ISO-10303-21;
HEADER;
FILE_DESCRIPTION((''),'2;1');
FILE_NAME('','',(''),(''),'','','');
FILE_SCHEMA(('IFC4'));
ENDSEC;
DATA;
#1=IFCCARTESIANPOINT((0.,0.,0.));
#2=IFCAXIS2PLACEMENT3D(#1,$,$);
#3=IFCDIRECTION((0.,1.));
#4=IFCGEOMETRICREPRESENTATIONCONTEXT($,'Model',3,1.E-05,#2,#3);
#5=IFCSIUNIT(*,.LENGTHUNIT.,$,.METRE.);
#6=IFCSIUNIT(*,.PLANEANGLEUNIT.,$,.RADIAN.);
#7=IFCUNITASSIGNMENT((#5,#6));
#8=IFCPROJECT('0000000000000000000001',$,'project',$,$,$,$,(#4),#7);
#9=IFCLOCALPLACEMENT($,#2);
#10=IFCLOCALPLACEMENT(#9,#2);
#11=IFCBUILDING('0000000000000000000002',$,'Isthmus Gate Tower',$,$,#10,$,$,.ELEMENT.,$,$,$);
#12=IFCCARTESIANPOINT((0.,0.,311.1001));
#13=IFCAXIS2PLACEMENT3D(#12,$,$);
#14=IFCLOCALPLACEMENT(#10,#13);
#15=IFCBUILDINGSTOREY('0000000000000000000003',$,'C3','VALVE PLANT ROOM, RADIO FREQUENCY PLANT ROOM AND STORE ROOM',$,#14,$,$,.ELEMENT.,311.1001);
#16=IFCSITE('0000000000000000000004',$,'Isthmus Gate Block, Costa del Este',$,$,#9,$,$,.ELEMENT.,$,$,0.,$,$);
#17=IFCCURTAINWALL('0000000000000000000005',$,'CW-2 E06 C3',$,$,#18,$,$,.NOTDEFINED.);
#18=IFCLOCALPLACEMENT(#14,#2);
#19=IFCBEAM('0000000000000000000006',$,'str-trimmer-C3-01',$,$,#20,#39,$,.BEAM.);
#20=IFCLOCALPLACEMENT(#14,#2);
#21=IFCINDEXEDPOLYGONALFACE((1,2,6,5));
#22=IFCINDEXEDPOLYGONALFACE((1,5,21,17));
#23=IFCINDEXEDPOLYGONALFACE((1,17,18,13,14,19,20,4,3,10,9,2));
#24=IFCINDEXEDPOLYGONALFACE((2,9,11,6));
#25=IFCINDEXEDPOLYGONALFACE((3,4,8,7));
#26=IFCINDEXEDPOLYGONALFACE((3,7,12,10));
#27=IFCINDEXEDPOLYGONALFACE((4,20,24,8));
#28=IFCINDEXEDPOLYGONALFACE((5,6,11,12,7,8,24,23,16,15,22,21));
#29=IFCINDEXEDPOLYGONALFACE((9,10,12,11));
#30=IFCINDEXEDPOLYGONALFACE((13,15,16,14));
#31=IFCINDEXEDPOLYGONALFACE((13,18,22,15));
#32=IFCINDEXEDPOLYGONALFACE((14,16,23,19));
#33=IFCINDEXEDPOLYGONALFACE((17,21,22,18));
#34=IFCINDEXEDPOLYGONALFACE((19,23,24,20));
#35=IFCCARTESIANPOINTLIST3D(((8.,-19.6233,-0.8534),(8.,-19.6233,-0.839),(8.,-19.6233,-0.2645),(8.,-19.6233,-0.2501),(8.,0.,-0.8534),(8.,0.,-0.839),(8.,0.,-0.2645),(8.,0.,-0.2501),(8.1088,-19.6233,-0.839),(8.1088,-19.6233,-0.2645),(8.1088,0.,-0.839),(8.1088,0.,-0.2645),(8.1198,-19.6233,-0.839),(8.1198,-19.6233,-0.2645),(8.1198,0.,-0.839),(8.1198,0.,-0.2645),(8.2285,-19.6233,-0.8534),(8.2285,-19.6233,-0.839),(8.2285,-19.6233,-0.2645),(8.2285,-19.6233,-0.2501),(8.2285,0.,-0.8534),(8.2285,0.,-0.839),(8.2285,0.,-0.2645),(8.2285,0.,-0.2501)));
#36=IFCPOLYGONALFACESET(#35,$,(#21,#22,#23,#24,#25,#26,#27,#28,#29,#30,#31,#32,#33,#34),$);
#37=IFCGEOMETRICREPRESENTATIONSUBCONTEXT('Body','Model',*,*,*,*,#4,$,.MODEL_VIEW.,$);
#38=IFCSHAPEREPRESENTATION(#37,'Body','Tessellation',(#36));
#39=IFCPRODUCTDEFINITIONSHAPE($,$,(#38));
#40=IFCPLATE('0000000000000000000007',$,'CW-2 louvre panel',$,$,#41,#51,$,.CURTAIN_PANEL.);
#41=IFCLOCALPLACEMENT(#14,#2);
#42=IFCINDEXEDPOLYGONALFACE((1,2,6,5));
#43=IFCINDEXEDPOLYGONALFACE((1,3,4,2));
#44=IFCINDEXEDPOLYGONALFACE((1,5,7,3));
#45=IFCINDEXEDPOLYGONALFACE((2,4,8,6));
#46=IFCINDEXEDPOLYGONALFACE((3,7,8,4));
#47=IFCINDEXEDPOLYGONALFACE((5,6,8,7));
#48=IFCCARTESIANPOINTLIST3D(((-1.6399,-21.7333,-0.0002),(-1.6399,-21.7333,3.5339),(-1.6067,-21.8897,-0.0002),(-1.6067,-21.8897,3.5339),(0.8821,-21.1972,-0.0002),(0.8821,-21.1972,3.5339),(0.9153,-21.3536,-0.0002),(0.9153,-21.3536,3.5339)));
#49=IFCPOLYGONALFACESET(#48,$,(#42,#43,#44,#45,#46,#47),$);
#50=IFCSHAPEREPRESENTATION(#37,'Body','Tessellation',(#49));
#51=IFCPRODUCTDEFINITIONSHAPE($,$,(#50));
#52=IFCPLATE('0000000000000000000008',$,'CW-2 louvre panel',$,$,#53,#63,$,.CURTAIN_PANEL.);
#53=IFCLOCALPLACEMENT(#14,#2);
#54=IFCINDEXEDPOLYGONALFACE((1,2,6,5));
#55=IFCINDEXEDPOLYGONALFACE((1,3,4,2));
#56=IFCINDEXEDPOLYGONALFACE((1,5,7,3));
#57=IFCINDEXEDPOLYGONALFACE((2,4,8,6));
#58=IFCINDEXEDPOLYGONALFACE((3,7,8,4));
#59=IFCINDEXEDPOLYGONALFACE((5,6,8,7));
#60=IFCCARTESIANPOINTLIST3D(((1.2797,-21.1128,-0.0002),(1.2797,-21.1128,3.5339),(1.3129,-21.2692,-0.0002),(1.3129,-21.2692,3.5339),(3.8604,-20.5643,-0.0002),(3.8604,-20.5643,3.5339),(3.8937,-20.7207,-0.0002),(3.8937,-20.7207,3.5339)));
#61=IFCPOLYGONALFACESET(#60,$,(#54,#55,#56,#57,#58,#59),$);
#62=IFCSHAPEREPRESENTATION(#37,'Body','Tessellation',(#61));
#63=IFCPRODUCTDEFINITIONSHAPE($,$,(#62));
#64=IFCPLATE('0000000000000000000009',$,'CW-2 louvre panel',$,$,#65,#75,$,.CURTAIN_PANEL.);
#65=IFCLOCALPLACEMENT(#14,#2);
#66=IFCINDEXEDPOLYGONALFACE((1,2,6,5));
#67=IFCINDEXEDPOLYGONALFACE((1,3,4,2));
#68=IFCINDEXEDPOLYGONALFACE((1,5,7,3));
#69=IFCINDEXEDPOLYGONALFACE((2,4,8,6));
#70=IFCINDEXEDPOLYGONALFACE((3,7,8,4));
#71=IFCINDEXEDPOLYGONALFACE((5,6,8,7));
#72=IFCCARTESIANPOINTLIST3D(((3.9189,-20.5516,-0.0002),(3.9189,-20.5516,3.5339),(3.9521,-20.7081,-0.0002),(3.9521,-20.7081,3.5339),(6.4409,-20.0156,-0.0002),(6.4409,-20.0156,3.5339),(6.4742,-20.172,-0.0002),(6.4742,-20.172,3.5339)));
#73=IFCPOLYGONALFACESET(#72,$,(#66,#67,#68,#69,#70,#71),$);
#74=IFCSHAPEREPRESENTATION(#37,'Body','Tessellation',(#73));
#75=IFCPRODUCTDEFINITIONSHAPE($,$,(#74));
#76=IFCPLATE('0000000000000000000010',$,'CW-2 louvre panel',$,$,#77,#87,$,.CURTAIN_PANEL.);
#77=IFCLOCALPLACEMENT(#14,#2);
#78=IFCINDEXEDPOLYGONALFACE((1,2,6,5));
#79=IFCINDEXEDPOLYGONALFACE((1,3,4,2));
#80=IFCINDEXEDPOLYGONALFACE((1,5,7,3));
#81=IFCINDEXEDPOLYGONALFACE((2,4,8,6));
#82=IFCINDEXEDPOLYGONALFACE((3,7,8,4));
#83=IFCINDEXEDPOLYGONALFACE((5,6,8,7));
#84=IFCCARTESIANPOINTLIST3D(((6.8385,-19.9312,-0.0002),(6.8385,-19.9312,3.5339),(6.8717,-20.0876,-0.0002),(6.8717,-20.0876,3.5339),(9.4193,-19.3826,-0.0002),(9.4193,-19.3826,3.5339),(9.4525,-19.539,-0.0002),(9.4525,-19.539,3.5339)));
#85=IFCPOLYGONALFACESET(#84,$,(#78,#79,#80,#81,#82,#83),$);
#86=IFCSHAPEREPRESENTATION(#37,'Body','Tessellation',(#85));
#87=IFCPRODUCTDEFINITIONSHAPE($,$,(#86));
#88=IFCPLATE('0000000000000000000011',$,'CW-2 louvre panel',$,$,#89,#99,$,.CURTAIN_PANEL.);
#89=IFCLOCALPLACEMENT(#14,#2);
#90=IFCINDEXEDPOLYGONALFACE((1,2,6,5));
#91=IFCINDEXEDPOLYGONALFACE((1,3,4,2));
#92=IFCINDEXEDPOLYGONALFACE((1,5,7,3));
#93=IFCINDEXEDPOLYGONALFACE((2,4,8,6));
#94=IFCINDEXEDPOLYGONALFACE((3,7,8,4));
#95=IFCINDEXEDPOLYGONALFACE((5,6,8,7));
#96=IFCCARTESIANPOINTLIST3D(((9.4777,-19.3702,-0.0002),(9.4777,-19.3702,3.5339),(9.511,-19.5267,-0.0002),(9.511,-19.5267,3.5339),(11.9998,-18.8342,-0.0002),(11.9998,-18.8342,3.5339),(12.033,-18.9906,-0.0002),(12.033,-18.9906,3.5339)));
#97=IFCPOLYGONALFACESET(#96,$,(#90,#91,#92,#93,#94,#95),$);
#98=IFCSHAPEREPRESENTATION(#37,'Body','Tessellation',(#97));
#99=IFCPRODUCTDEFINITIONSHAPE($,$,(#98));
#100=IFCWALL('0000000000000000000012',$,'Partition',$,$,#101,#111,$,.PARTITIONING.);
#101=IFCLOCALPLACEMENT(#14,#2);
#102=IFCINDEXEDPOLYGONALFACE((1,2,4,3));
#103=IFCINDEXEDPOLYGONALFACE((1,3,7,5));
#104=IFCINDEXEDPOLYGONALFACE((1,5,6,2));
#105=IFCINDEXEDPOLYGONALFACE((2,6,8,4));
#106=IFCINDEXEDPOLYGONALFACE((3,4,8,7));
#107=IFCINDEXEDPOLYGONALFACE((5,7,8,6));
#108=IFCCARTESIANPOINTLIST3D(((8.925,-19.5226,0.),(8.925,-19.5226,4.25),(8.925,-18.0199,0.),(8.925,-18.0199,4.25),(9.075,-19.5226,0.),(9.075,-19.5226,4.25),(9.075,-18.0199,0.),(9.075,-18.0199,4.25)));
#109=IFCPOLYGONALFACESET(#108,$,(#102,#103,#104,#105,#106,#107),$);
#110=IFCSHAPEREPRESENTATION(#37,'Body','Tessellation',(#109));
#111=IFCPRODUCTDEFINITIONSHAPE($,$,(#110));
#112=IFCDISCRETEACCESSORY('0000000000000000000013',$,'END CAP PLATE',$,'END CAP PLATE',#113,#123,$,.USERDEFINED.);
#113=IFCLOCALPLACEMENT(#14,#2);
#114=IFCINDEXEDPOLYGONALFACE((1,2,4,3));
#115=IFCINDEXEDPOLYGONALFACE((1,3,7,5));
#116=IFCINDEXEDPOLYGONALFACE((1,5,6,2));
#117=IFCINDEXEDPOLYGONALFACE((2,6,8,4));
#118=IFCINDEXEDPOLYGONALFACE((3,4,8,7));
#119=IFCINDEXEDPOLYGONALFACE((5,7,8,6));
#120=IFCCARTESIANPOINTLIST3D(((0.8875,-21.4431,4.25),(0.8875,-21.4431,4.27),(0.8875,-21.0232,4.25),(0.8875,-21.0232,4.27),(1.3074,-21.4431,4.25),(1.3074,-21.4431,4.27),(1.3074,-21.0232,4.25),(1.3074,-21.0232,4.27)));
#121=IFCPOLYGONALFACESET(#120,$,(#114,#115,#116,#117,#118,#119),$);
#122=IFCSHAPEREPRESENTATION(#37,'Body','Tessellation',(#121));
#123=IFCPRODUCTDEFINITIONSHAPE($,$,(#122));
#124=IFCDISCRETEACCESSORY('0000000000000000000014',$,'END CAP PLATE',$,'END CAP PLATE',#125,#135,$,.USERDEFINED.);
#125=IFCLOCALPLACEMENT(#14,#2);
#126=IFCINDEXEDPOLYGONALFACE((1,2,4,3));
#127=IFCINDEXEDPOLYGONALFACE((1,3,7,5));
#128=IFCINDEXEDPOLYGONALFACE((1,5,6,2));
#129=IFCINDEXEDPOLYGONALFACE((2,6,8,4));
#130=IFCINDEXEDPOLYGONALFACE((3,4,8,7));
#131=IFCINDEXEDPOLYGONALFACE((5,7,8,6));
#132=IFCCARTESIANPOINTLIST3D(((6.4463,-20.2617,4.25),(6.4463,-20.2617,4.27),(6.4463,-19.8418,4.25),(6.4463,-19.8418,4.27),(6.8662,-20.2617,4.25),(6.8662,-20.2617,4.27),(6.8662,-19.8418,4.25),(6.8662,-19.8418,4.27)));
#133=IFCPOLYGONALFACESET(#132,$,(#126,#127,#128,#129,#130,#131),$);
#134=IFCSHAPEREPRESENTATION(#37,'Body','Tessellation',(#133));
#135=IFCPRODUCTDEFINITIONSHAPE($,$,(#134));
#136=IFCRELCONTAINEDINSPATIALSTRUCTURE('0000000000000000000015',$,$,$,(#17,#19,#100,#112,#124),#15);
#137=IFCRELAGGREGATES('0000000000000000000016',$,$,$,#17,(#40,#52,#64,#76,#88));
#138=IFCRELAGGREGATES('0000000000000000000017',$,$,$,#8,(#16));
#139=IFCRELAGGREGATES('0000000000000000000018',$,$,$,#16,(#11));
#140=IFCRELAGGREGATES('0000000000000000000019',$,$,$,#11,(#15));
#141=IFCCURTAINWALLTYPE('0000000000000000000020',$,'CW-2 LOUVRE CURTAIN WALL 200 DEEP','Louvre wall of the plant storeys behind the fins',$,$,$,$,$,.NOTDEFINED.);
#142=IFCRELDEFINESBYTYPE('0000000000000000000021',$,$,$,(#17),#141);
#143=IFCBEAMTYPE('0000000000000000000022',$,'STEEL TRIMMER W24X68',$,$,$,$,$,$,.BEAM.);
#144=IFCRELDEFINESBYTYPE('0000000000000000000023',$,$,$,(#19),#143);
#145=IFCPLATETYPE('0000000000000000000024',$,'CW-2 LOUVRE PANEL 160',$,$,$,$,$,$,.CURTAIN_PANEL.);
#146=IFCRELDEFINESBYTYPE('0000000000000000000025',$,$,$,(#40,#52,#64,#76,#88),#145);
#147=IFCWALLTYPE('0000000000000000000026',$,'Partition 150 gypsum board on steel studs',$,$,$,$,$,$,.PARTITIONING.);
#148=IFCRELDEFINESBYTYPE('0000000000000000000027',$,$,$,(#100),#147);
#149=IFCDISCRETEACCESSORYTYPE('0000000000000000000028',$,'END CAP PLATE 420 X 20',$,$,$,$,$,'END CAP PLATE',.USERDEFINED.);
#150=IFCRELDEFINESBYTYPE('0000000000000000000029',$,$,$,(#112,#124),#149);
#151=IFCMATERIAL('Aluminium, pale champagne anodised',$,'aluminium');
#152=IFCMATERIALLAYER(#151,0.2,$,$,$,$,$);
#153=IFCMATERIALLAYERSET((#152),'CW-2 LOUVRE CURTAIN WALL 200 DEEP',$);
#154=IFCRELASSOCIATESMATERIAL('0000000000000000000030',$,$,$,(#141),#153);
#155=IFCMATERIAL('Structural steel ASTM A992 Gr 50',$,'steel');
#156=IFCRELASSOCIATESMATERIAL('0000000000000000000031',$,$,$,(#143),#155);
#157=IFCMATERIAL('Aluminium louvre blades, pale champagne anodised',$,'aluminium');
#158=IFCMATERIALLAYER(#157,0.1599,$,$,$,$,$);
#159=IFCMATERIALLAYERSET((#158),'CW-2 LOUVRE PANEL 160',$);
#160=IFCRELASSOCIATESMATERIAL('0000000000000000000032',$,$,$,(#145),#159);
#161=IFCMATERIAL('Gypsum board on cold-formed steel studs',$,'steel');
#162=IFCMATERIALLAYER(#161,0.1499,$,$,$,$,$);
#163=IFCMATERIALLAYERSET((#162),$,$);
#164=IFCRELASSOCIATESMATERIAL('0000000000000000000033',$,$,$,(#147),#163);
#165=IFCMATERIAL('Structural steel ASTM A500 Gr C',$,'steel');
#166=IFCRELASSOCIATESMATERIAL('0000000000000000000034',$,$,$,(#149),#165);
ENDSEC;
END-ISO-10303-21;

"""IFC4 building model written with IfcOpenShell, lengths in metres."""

from ifc_helpers import new_model, si_unit, direction, frame, frame_2d, origin, origin_2d, place, context, subcontext, project, spatial, rectangle, i_section, extrude, material, layer, layer_set, material_profile, profile_set, type_object, element, aggregate, save


model = new_model("IFC4")

# Units and contexts
model_context = context("Model", 3, precision=1e-05, world=origin(), true_north=direction((0.0, 1.0)))
body_context = subcontext(model_context, "Body", "Model", "MODEL_VIEW")
ifc_project = project(units=[si_unit("LENGTHUNIT", "METRE"), si_unit("PLANEANGLEUNIT", "RADIAN")], contexts=[model_context])

# Site, building, storey
site_placement = place(None, origin())
site = spatial("IfcSite", under=ifc_project, at=site_placement, Name="Isthmus Gate Block, Costa del Este", CompositionType="ELEMENT", RefElevation=0.0)
building_placement = place(site_placement, origin())
building = spatial("IfcBuilding", under=site, at=building_placement, Name="Isthmus Gate Tower", CompositionType="ELEMENT")
storey_placement = place(building_placement, frame((0.0, 0.0, 311.1001)))
storey = spatial("IfcBuildingStorey", under=building, at=storey_placement, Name="C3", Description="VALVE PLANT ROOM, RADIO FREQUENCY PLANT ROOM AND STORE ROOM", CompositionType="ELEMENT", Elevation=311.1001)

# Curtain wall
ifc_material_1 = material(Name="Aluminium, pale champagne anodised", Category="aluminium")
ifc_layer_1 = layer(ifc_material_1, 0.2)
ifc_layer_set_1 = layer_set([ifc_layer_1], Name="CW-2 LOUVRE CURTAIN WALL 200 DEEP")
curtain_wall_type = type_object("IfcCurtainWallType", Name="CW-2 LOUVRE CURTAIN WALL 200 DEEP", Description="Louvre wall of the plant storeys behind the fins", PredefinedType="NOTDEFINED", material=ifc_layer_set_1)
curtain_wall_placement = place(storey_placement, origin())
curtain_wall = element("IfcCurtainWall", 1, at=curtain_wall_placement, inside=storey, type_object=curtain_wall_type, Name="CW-2 E06 C3", PredefinedType="NOTDEFINED")

# Beam
ifc_material_2 = material(Name="Structural steel ASTM A992 Gr 50", Category="steel")
ifc_material_profile_1 = material_profile(ifc_material_2, i_section(OverallWidth=0.2285, OverallDepth=0.6033, WebThickness=0.011, FlangeThickness=0.0144, at=origin_2d()), Name="W24X68")
ifc_profile_set_1 = profile_set([ifc_material_profile_1], Name="Structural steel ASTM A992 Gr 50")
beam_type_1 = type_object("IfcBeamType", Name="STEEL TRIMMER W24X68", PredefinedType="BEAM", material=ifc_profile_set_1)
beam_placement = place(storey_placement, frame((8.1143, -19.6233, -0.5518), z_axis=(0.0, 1.0, 0.0), x_axis=(-1.0, 0.0, 0.0)))
element("IfcBeam", 2, at=beam_placement, inside=storey, type_object=beam_type_1, Name="str-trimmer-C3-01", PredefinedType="BEAM", context=body_context, shape_type="SweptSolid", body=[
    extrude(i_section(OverallWidth=0.2285, OverallDepth=0.6033, WebThickness=0.011, FlangeThickness=0.0144, at=origin_2d()), origin(), (0.0, 0.0, 1.0), 19.6233),
])

# Plates
ifc_material_3 = material(Name="Aluminium louvre blades, pale champagne anodised", Category="aluminium")
ifc_layer_2 = layer(ifc_material_3, 0.1599)
ifc_layer_set_2 = layer_set([ifc_layer_2], Name="CW-2 LOUVRE PANEL 160")
plate_type = type_object("IfcPlateType", Name="CW-2 LOUVRE PANEL 160", PredefinedType="CURTAIN_PANEL", material=ifc_layer_set_2)
plate_1_placement = place(storey_placement, frame((-0.3623, -21.5435, -0.0002), z_axis=(0.0, 0.0, 1.0), x_axis=(0.978148, 0.207912, 0.0)))
plate_1 = element("IfcPlate", 3, at=plate_1_placement, type_object=plate_type, Name="CW-2 louvre panel", PredefinedType="CURTAIN_PANEL", context=body_context, shape_type="SweptSolid", body=[
    extrude(rectangle(XDim=2.5784, YDim=0.1599, at=origin_2d()), origin(), (0.0, 0.0, 1.0), 3.5342),
])
plate_2_placement = place(storey_placement, frame((2.5867, -20.9167, -0.0002), z_axis=(0.0, 0.0, 1.0), x_axis=(0.978148, 0.207912, 0.0)))
plate_2 = element("IfcPlate", 4, at=plate_2_placement, type_object=plate_type, Name="CW-2 louvre panel", PredefinedType="CURTAIN_PANEL", context=body_context, shape_type="SweptSolid", body=[
    extrude(rectangle(XDim=2.6384, YDim=0.1599, at=origin_2d()), origin(), (0.0, 0.0, 1.0), 3.5342),
])
plate_3_placement = place(storey_placement, frame((5.1965, -20.3618, -0.0002), z_axis=(0.0, 0.0, 1.0), x_axis=(0.978148, 0.207912, 0.0)))
plate_3 = element("IfcPlate", 5, at=plate_3_placement, type_object=plate_type, Name="CW-2 louvre panel", PredefinedType="CURTAIN_PANEL", context=body_context, shape_type="SweptSolid", body=[
    extrude(rectangle(XDim=2.5784, YDim=0.1599, at=origin_2d()), origin(), (0.0, 0.0, 1.0), 3.5342),
])
plate_4_placement = place(storey_placement, frame((8.1455, -19.7351, -0.0002), z_axis=(0.0, 0.0, 1.0), x_axis=(0.978148, 0.207912, 0.0)))
plate_4 = element("IfcPlate", 6, at=plate_4_placement, type_object=plate_type, Name="CW-2 louvre panel", PredefinedType="CURTAIN_PANEL", context=body_context, shape_type="SweptSolid", body=[
    extrude(rectangle(XDim=2.6384, YDim=0.1599, at=origin_2d()), origin(), (0.0, 0.0, 1.0), 3.5342),
])
plate_5_placement = place(storey_placement, frame((10.7554, -19.1804, -0.0002), z_axis=(0.0, 0.0, 1.0), x_axis=(0.978148, 0.207912, 0.0)))
plate_5 = element("IfcPlate", 7, at=plate_5_placement, type_object=plate_type, Name="CW-2 louvre panel", PredefinedType="CURTAIN_PANEL", context=body_context, shape_type="SweptSolid", body=[
    extrude(rectangle(XDim=2.5784, YDim=0.1599, at=origin_2d()), origin(), (0.0, 0.0, 1.0), 3.5342),
])
aggregate(curtain_wall, [plate_1, plate_2, plate_3, plate_4, plate_5])

# Wall
ifc_material_4 = material(Name="Gypsum board on cold-formed steel studs", Category="steel")
ifc_layer_3 = layer(ifc_material_4, 0.1499)
ifc_layer_set_3 = layer_set([ifc_layer_3])
wall_type = type_object("IfcWallType", Name="Partition 150 gypsum board on steel studs", PredefinedType="PARTITIONING", material=ifc_layer_set_3)
wall_placement = place(storey_placement, frame((9.0, -19.5227, 0.0), z_axis=(0.0, 0.0, 1.0), x_axis=(0.0, 1.0, 0.0)))
element("IfcWall", 8, at=wall_placement, inside=storey, type_object=wall_type, Name="Partition", PredefinedType="PARTITIONING", context=body_context, shape_type="SweptSolid", body=[
    extrude(rectangle(XDim=1.5027, YDim=0.1499, at=frame_2d((0.7515, 0.0))), origin(), (0.0, 0.0, 1.0), 4.25),
])

# Discrete accessories
ifc_material_5 = material(Name="Structural steel ASTM A500 Gr C", Category="steel")
discrete_accessory_type = type_object("IfcDiscreteAccessoryType", Name="END CAP PLATE 420 X 20", ElementType="END CAP PLATE", PredefinedType="USERDEFINED", material=ifc_material_5)
for number, where, z_axis, x_axis, name in (
    (9, (1.0974, -21.2332, 4.25), (0.0, 0.0, 1.0), (1.0, 0.0, 0.0), "END CAP PLATE"),
    (10, (6.6562, -20.0518, 4.25), (0.0, 0.0, 1.0), (1.0, 0.0, 0.0), "END CAP PLATE"),
):
    element("IfcDiscreteAccessory", number, at=place(storey_placement, frame(where, z_axis=z_axis, x_axis=x_axis)), inside=storey, type_object=discrete_accessory_type, Name=name, ObjectType="END CAP PLATE", PredefinedType="USERDEFINED", context=body_context, shape_type="SweptSolid", body=[
        extrude(rectangle(XDim=0.4199, YDim=0.4199, at=origin_2d()), origin(), (0.0, 0.0, 1.0), 0.02),
    ])

save(model, "model.ifc")
